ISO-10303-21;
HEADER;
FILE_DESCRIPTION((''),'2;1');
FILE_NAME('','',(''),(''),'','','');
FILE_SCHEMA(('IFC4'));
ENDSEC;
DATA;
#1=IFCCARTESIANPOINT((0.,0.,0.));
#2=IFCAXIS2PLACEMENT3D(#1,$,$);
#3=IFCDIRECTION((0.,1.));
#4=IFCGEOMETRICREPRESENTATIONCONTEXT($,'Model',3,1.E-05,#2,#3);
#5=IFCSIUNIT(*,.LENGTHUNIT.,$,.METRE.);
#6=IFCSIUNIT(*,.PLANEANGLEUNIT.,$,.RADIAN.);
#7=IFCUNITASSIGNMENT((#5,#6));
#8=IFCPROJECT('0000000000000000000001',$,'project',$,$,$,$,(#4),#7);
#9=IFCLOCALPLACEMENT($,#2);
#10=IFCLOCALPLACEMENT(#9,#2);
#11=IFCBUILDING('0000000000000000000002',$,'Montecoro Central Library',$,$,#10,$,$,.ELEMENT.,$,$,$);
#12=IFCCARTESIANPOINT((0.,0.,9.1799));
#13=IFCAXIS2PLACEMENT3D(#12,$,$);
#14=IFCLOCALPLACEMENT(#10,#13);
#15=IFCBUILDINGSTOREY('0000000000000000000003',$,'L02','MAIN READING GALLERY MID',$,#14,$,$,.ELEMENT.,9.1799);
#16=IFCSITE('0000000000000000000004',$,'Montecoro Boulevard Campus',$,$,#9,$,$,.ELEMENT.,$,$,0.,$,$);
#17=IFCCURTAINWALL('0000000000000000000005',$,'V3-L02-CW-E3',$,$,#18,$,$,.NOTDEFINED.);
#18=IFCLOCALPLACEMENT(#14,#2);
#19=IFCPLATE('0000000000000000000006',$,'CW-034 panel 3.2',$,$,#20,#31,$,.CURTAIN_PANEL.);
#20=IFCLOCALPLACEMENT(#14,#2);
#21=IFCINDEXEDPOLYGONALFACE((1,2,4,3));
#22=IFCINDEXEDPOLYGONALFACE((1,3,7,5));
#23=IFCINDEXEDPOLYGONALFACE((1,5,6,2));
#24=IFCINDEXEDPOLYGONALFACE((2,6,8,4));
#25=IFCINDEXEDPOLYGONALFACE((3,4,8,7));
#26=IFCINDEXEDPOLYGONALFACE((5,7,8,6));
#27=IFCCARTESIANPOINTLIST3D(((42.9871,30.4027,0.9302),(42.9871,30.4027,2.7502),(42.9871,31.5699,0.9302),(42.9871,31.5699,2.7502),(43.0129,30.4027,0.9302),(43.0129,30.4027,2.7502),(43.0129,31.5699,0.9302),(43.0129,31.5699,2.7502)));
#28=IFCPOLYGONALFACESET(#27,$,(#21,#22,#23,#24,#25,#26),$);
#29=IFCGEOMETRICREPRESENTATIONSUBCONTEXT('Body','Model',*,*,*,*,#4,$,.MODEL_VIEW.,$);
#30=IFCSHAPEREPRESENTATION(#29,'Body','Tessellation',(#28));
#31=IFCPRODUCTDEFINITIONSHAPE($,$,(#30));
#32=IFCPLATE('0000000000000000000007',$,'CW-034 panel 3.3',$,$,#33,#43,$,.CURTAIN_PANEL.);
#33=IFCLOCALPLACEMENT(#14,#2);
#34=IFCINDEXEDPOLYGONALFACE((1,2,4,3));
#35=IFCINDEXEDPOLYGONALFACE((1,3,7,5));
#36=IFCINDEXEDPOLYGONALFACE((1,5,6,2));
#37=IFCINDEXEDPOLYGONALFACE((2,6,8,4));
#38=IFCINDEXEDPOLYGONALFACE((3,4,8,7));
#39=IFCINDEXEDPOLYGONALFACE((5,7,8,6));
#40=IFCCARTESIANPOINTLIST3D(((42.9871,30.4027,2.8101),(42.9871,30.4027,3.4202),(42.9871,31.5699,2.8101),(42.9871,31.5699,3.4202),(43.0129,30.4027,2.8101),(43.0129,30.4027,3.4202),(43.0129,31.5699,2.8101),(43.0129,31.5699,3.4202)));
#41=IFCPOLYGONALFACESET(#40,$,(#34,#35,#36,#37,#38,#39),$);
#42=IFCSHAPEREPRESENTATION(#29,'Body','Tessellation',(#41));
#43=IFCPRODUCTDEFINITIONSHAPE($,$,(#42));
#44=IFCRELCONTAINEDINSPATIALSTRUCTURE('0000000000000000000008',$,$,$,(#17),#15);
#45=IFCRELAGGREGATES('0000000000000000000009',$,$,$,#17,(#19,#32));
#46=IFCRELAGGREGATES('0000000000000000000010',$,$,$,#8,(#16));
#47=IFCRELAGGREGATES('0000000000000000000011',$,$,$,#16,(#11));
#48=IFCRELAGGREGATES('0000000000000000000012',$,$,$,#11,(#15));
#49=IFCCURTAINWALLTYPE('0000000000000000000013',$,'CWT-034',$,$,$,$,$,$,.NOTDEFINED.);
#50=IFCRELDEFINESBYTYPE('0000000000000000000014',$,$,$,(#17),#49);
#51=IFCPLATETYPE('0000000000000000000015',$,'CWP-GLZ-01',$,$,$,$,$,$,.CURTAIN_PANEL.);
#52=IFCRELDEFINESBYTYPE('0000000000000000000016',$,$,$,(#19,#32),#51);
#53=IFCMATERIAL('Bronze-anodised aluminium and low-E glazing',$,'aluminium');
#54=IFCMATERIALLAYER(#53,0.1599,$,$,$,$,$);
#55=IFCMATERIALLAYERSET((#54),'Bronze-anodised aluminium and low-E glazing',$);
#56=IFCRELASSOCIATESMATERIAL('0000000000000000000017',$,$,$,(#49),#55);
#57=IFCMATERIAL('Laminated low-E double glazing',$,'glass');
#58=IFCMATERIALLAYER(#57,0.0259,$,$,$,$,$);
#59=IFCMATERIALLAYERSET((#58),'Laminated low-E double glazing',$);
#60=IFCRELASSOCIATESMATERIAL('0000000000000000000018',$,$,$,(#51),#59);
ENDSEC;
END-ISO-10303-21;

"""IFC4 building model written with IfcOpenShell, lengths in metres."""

from ifc_helpers import new_model, si_unit, direction, frame, origin, origin_2d, place, context, subcontext, project, spatial, rectangle, extrude, material, layer, layer_set, type_object, element, aggregate, save


model = new_model("IFC4")

# Units and contexts
model_context = context("Model", 3, precision=1e-05, world=origin(), true_north=direction((0.0, 1.0)))
body_context = subcontext(model_context, "Body", "Model", "MODEL_VIEW")
ifc_project = project(units=[si_unit("LENGTHUNIT", "METRE"), si_unit("PLANEANGLEUNIT", "RADIAN")], contexts=[model_context])

# Site, building, storey
site_placement = place(None, origin())
site = spatial("IfcSite", under=ifc_project, at=site_placement, Name="Montecoro Boulevard Campus", CompositionType="ELEMENT", RefElevation=0.0)
building_placement = place(site_placement, origin())
building = spatial("IfcBuilding", under=site, at=building_placement, Name="Montecoro Central Library", CompositionType="ELEMENT")
storey_placement = place(building_placement, frame((0.0, 0.0, 9.1799)))
storey = spatial("IfcBuildingStorey", under=building, at=storey_placement, Name="L02", Description="MAIN READING GALLERY MID", CompositionType="ELEMENT", Elevation=9.1799)

# Curtain wall, plates
ifc_material_1 = material(Name="Bronze-anodised aluminium and low-E glazing", Category="aluminium")
ifc_layer_1 = layer(ifc_material_1, 0.1599)
ifc_layer_set_1 = layer_set([ifc_layer_1], Name="Bronze-anodised aluminium and low-E glazing")
curtain_wall_type = type_object("IfcCurtainWallType", Name="CWT-034", PredefinedType="NOTDEFINED", material=ifc_layer_set_1)
curtain_wall_placement = place(storey_placement, origin())
curtain_wall = element("IfcCurtainWall", 1, at=curtain_wall_placement, inside=storey, type_object=curtain_wall_type, Name="V3-L02-CW-E3", PredefinedType="NOTDEFINED")
ifc_material_2 = material(Name="Laminated low-E double glazing", Category="glass")
ifc_layer_2 = layer(ifc_material_2, 0.0259)
ifc_layer_set_2 = layer_set([ifc_layer_2], Name="Laminated low-E double glazing")
plate_type = type_object("IfcPlateType", Name="CWP-GLZ-01", PredefinedType="CURTAIN_PANEL", material=ifc_layer_set_2)
plate_1_placement = place(storey_placement, frame((43.0, 30.9863, 0.9302), z_axis=(0.0, 0.0, 1.0), x_axis=(0.0, 1.0, 0.0)))
plate_1 = element("IfcPlate", 2, at=plate_1_placement, type_object=plate_type, Name="CW-034 panel 3.2", PredefinedType="CURTAIN_PANEL", context=body_context, shape_type="SweptSolid", body=[
    extrude(rectangle(XDim=1.1672, YDim=0.0259, at=origin_2d()), origin(), (0.0, 0.0, 1.0), 1.8201),
])
plate_2_placement = place(storey_placement, frame((43.0, 30.9863, 2.8101), z_axis=(0.0, 0.0, 1.0), x_axis=(0.0, 1.0, 0.0)))
plate_2 = element("IfcPlate", 3, at=plate_2_placement, type_object=plate_type, Name="CW-034 panel 3.3", PredefinedType="CURTAIN_PANEL", context=body_context, shape_type="SweptSolid", body=[
    extrude(rectangle(XDim=1.1672, YDim=0.0259, at=origin_2d()), origin(), (0.0, 0.0, 1.0), 0.6101),
])
aggregate(curtain_wall, [plate_1, plate_2])

save(model, "model.ifc")
